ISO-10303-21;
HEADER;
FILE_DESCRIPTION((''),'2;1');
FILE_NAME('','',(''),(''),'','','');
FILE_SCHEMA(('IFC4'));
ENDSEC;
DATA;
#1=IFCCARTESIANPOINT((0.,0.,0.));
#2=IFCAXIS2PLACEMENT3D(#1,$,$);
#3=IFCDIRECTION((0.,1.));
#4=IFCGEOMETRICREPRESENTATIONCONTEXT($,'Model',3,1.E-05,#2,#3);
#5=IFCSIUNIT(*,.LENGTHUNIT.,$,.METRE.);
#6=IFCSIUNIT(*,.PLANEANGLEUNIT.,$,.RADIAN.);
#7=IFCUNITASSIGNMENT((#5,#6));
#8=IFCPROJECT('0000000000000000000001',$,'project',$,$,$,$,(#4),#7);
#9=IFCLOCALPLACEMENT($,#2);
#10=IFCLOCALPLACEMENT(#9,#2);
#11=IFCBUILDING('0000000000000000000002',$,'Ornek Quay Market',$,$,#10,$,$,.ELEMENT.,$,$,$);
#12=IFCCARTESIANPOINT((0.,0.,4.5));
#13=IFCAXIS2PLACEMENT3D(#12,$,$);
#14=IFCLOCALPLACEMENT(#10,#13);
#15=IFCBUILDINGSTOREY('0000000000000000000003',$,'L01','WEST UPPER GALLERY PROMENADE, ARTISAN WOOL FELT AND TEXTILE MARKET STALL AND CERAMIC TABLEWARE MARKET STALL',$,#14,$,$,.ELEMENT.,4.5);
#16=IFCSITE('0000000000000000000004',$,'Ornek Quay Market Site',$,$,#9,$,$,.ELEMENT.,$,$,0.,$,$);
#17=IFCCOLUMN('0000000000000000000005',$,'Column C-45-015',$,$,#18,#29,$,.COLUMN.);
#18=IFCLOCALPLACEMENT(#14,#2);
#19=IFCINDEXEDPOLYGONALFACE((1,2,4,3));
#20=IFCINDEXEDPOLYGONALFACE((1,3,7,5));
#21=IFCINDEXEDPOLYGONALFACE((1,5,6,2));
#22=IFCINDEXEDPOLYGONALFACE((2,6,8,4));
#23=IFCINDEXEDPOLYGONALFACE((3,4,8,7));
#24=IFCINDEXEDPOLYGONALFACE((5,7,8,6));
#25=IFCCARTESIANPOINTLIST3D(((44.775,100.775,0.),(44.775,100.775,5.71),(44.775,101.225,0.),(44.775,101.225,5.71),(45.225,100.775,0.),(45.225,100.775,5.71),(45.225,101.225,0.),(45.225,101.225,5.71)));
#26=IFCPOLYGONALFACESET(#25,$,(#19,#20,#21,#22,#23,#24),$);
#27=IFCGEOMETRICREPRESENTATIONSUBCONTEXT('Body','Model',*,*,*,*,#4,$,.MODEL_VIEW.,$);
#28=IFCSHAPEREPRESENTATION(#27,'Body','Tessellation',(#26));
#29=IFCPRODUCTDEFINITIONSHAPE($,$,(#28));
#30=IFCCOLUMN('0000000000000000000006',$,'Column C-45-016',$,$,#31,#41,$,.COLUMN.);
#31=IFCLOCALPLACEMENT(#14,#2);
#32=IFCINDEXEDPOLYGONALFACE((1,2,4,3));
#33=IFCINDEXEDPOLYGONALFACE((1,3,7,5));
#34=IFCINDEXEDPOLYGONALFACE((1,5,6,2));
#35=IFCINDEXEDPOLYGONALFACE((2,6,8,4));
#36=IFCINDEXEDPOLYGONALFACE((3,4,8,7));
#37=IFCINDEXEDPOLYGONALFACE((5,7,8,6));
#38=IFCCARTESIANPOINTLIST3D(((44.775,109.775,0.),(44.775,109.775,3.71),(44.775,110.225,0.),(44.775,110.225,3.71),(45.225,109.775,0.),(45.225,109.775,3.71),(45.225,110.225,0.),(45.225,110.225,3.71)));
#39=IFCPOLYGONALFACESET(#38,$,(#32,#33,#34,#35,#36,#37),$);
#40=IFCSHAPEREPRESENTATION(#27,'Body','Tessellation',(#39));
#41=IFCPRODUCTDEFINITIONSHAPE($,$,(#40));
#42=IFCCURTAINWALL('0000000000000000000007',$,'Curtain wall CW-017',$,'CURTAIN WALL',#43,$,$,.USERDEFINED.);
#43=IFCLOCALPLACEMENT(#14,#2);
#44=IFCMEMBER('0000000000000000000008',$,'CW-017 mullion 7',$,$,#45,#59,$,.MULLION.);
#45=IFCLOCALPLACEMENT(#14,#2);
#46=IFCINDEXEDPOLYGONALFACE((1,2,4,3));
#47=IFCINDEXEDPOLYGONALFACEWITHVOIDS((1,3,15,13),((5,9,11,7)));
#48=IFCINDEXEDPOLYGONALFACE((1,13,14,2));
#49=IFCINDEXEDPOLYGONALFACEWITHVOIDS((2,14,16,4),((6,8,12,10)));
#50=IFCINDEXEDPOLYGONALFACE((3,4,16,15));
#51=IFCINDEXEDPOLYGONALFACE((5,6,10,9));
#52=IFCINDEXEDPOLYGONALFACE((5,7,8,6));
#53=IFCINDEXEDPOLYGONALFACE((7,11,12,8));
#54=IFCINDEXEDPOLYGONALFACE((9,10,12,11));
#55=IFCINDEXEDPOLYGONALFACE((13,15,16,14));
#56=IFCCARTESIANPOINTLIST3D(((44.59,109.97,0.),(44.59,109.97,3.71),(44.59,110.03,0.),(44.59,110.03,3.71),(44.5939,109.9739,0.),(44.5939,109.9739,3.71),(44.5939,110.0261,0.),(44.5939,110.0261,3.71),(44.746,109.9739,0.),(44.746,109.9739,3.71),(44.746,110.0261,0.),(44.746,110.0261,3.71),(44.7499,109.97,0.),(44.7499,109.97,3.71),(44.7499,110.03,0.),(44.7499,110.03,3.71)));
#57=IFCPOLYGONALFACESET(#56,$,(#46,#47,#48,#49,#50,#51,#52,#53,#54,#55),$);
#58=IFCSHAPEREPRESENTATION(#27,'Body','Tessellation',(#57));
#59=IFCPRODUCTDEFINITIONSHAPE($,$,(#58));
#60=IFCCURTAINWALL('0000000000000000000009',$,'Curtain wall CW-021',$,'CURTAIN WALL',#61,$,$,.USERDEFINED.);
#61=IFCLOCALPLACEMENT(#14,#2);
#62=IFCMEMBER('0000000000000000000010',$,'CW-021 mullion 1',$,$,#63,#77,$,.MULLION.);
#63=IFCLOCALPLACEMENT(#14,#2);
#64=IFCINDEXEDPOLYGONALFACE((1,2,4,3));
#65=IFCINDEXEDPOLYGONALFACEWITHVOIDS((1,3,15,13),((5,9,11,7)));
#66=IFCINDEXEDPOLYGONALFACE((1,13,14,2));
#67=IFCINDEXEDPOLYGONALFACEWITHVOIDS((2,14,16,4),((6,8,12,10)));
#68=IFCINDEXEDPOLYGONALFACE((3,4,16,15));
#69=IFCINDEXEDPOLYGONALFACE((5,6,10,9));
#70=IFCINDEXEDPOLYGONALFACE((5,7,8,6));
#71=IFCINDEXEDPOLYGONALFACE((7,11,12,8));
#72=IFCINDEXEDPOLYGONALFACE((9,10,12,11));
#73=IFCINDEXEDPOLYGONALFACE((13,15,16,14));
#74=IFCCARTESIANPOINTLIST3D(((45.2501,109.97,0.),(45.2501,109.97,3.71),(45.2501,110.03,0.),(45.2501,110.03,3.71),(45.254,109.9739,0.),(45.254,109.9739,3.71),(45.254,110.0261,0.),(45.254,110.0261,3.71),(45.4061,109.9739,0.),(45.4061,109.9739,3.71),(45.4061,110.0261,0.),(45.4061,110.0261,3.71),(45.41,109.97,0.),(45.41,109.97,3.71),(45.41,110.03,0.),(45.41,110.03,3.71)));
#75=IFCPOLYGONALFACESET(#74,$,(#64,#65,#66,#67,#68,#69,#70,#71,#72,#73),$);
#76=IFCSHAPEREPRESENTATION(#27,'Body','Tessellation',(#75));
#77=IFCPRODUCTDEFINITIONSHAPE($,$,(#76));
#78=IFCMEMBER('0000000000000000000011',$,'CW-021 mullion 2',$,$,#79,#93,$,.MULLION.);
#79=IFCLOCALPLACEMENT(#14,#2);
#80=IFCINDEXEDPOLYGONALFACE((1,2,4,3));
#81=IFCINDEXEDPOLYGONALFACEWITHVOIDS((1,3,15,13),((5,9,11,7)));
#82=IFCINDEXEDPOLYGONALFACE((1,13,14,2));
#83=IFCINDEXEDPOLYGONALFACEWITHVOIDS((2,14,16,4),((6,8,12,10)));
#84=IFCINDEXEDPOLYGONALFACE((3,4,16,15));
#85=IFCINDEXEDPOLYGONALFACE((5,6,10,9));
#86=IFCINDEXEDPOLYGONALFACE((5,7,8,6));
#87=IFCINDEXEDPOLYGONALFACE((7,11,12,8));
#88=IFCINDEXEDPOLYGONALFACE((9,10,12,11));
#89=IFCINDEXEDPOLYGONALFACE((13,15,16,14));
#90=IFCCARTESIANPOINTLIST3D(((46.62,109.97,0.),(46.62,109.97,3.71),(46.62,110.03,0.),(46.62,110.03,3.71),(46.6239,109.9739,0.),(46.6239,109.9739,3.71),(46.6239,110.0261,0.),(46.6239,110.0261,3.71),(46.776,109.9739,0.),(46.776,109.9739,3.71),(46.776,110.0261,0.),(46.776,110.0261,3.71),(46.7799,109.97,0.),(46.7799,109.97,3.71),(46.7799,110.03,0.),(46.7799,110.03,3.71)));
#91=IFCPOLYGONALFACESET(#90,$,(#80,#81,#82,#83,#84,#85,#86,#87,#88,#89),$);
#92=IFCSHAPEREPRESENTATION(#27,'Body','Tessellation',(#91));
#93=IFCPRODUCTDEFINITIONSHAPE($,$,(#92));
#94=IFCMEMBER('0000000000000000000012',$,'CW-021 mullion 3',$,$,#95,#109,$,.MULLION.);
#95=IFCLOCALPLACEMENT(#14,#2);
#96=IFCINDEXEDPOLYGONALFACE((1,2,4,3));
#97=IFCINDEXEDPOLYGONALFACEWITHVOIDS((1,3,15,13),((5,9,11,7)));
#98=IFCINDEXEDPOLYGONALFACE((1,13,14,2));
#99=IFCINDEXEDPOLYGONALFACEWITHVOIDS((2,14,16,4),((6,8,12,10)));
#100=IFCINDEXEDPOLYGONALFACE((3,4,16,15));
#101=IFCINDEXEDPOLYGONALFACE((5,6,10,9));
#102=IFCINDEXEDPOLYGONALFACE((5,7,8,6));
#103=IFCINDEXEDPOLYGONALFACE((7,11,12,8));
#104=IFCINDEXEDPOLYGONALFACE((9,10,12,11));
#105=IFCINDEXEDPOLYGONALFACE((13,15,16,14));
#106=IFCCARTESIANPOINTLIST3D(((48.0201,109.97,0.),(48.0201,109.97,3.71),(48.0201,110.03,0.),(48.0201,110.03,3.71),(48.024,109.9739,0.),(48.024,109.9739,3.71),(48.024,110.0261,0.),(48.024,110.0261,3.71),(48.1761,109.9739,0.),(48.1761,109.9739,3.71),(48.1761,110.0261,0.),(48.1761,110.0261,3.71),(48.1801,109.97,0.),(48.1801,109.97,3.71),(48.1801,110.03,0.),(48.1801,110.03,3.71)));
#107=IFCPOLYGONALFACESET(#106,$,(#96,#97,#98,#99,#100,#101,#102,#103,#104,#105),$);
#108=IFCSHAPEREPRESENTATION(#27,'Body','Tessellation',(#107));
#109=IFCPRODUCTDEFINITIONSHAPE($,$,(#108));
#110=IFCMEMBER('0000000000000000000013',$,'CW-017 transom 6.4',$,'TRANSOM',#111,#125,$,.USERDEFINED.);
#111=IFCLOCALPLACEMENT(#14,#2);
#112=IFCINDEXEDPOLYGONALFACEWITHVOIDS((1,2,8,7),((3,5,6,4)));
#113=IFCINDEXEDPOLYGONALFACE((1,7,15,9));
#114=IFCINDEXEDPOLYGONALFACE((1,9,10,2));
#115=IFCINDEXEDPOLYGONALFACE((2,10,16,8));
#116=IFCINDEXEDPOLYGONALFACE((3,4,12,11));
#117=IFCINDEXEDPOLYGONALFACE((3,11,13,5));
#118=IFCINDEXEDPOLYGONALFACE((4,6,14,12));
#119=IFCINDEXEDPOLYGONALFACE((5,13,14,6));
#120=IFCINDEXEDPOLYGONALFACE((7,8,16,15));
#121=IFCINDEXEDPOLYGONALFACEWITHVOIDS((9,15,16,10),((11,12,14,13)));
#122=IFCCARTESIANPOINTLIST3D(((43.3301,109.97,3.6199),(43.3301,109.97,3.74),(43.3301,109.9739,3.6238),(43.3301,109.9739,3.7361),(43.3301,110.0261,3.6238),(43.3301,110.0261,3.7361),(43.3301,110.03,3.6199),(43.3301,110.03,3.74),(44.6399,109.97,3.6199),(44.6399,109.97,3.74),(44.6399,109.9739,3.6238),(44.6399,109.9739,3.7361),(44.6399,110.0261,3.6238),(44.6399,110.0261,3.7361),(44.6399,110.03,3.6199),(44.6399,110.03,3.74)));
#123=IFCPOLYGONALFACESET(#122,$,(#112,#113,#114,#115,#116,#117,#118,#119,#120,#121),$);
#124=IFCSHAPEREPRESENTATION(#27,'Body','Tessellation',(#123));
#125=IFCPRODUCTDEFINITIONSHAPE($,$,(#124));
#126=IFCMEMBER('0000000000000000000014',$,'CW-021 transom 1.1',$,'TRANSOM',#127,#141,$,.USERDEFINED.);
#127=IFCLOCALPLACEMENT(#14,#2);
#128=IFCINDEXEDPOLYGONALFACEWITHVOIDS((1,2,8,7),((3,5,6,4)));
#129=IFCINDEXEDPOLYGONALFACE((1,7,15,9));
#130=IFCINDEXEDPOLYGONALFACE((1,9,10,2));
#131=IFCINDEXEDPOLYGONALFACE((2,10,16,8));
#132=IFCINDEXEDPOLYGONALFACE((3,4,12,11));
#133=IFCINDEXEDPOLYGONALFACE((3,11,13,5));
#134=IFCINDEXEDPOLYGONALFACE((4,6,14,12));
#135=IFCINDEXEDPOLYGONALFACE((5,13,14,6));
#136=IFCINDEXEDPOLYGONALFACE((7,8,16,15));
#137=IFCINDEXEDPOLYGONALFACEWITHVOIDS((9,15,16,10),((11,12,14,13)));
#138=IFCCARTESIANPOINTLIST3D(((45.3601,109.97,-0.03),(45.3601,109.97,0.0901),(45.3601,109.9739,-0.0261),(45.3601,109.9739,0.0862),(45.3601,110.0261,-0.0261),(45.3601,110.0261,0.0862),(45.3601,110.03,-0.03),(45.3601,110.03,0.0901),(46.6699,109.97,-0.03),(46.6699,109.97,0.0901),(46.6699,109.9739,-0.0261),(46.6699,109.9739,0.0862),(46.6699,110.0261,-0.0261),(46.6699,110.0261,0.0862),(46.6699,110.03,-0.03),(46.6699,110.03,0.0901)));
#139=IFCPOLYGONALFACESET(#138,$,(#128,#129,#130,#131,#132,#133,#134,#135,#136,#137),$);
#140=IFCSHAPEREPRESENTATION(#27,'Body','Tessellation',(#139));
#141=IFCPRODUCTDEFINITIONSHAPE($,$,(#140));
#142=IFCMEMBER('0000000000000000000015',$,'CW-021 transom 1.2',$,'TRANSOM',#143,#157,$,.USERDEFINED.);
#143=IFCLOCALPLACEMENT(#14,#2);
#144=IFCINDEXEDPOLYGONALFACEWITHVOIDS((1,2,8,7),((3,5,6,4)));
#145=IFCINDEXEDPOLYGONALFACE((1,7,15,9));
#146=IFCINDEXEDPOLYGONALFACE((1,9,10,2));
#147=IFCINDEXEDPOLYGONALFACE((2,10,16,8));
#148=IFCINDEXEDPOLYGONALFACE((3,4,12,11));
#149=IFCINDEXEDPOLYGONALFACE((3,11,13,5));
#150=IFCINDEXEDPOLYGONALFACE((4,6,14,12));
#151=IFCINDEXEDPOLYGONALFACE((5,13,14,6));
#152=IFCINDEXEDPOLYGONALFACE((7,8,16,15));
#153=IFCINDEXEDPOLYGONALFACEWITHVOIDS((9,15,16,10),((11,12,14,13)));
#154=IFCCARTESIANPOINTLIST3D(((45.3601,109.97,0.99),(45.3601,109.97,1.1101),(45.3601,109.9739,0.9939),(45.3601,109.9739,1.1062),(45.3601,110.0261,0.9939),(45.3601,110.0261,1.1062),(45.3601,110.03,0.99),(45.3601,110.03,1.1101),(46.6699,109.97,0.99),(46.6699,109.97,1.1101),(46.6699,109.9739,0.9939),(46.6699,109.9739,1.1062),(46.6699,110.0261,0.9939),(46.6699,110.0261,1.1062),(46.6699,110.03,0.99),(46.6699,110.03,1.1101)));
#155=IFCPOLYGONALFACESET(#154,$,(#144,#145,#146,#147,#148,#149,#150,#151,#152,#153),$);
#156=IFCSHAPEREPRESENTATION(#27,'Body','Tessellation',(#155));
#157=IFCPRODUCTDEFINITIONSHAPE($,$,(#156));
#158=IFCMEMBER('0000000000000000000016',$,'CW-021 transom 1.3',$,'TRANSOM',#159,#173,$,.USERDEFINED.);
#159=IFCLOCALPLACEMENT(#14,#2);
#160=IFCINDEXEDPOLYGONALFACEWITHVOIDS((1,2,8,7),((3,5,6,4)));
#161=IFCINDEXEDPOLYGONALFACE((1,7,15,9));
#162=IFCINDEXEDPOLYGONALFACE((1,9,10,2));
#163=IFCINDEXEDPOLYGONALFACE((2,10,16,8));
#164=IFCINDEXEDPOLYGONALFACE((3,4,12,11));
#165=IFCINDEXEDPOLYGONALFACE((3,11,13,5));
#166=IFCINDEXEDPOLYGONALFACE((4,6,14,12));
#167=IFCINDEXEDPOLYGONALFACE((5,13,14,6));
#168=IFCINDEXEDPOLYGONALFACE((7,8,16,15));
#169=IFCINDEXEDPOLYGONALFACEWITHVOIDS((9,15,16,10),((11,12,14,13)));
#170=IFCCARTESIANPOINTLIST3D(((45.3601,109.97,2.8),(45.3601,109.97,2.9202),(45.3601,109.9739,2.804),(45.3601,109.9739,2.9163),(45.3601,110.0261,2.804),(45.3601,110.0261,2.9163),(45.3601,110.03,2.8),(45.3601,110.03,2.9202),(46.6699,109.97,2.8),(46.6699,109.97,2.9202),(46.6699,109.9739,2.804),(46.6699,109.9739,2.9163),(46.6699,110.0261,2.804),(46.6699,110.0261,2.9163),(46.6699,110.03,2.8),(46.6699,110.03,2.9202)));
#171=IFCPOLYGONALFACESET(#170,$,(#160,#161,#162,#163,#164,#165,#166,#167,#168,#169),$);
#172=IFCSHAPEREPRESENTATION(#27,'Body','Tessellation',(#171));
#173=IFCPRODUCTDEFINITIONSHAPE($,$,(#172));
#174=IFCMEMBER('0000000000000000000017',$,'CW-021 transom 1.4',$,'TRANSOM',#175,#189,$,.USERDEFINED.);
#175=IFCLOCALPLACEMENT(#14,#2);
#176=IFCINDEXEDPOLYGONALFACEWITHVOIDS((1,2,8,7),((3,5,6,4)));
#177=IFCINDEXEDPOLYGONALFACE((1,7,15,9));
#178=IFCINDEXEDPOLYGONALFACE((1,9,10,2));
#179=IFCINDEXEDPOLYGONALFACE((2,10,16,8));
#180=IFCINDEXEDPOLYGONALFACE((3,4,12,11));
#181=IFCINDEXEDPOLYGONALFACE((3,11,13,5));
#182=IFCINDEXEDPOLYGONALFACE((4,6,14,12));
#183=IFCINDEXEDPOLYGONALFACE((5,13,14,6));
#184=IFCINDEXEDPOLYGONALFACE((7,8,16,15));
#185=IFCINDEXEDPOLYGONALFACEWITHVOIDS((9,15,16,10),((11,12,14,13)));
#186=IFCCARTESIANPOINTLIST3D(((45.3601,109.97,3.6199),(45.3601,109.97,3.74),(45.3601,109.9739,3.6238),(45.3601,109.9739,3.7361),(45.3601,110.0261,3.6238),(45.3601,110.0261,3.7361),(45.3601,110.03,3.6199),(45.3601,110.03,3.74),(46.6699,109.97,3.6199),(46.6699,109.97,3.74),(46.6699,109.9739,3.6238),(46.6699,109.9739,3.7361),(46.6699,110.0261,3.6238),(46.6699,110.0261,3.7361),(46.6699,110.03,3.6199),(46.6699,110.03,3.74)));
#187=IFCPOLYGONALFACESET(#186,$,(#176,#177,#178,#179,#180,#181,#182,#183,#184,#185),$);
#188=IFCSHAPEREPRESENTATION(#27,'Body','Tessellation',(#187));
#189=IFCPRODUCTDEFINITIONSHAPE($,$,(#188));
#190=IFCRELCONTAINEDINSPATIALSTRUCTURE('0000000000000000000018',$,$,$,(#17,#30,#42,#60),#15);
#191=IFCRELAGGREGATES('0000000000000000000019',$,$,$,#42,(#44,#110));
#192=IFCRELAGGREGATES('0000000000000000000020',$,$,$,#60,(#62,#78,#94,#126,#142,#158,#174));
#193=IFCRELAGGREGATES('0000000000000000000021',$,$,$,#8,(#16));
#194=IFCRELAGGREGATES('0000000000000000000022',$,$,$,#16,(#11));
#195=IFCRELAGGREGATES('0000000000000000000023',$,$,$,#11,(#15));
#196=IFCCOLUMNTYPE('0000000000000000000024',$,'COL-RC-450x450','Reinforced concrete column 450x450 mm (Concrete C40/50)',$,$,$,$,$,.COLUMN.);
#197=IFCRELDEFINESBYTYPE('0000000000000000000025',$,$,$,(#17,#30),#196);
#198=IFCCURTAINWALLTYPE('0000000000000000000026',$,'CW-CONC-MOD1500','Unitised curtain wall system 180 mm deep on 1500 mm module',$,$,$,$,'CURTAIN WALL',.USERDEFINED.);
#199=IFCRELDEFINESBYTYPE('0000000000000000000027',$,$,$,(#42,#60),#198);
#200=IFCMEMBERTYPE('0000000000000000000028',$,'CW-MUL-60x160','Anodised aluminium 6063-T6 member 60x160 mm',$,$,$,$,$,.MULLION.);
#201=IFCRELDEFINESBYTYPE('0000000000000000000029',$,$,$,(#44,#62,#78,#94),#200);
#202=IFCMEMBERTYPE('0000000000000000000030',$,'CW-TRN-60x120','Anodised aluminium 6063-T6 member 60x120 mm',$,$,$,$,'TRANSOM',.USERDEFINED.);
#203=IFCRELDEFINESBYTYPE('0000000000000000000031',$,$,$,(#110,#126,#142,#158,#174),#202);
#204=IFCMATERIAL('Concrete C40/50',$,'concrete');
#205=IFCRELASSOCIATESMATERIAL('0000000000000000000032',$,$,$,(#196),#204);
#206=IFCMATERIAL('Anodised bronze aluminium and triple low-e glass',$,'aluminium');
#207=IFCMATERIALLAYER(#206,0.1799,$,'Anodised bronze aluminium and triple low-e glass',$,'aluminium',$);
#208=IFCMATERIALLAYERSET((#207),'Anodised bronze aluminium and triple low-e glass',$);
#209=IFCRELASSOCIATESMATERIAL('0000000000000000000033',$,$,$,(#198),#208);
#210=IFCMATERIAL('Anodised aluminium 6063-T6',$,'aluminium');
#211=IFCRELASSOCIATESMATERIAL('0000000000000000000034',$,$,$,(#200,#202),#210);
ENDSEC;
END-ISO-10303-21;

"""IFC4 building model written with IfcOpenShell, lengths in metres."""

from ifc_helpers import new_model, si_unit, direction, frame, origin, origin_2d, place, context, subcontext, project, spatial, rectangle, hollow_rectangle, extrude, material, layer, layer_set, material_profile, profile_set, type_object, element, aggregate, save


model = new_model("IFC4")

# Units and contexts
model_context = context("Model", 3, precision=1e-05, world=origin(), true_north=direction((0.0, 1.0)))
body_context = subcontext(model_context, "Body", "Model", "MODEL_VIEW")
ifc_project = project(units=[si_unit("LENGTHUNIT", "METRE"), si_unit("PLANEANGLEUNIT", "RADIAN")], contexts=[model_context])

# Site, building, storey
site_placement = place(None, origin())
site = spatial("IfcSite", under=ifc_project, at=site_placement, Name="Ornek Quay Market Site", CompositionType="ELEMENT", RefElevation=0.0)
building_placement = place(site_placement, origin())
building = spatial("IfcBuilding", under=site, at=building_placement, Name="Ornek Quay Market", CompositionType="ELEMENT")
storey_placement = place(building_placement, frame((0.0, 0.0, 4.5)))
storey = spatial("IfcBuildingStorey", under=building, at=storey_placement, Name="L01", Description="WEST UPPER GALLERY PROMENADE, ARTISAN WOOL FELT AND TEXTILE MARKET STALL AND CERAMIC TABLEWARE MARKET STALL", CompositionType="ELEMENT", Elevation=4.5)

# Columns
ifc_material_1 = material(Name="Concrete C40/50", Category="concrete")
ifc_material_profile_1 = material_profile(ifc_material_1, rectangle(XDim=0.45, YDim=0.45, at=origin_2d()), Name="RC 450x450", Category="concrete")
ifc_profile_set_1 = profile_set([ifc_material_profile_1], Name="Concrete C40/50")
column_type = type_object("IfcColumnType", Name="COL-RC-450x450", Description="Reinforced concrete column 450x450 mm (Concrete C40/50)", PredefinedType="COLUMN", material=ifc_profile_set_1)
column_1_placement = place(storey_placement, frame((45.0, 101.0, 0.0), z_axis=(0.0, 0.0, 1.0), x_axis=(1.0, 0.0, 0.0)))
element("IfcColumn", 1, at=column_1_placement, inside=storey, type_object=column_type, Name="Column C-45-015", PredefinedType="COLUMN", context=body_context, shape_type="SweptSolid", body=[
    extrude(rectangle(XDim=0.45, YDim=0.45, at=origin_2d()), origin(), (0.0, 0.0, 1.0), 5.71),
])
column_2_placement = place(storey_placement, frame((45.0, 110.0, 0.0), z_axis=(0.0, 0.0, 1.0), x_axis=(1.0, 0.0, 0.0)))
element("IfcColumn", 2, at=column_2_placement, inside=storey, type_object=column_type, Name="Column C-45-016", PredefinedType="COLUMN", context=body_context, shape_type="SweptSolid", body=[
    extrude(rectangle(XDim=0.45, YDim=0.45, at=origin_2d()), origin(), (0.0, 0.0, 1.0), 3.71),
])

# Curtain wall, member
ifc_material_2 = material(Name="Anodised bronze aluminium and triple low-e glass", Category="aluminium")
ifc_layer_1 = layer(ifc_material_2, 0.1799, Name="Anodised bronze aluminium and triple low-e glass", Category="aluminium")
ifc_layer_set_1 = layer_set([ifc_layer_1], Name="Anodised bronze aluminium and triple low-e glass")
curtain_wall_type = type_object("IfcCurtainWallType", Name="CW-CONC-MOD1500", Description="Unitised curtain wall system 180 mm deep on 1500 mm module", ElementType="CURTAIN WALL", PredefinedType="USERDEFINED", material=ifc_layer_set_1)
curtain_wall_1_placement = place(storey_placement, origin())
curtain_wall_1 = element("IfcCurtainWall", 3, at=curtain_wall_1_placement, inside=storey, type_object=curtain_wall_type, Name="Curtain wall CW-017", ObjectType="CURTAIN WALL", PredefinedType="USERDEFINED")
ifc_material_3 = material(Name="Anodised aluminium 6063-T6", Category="aluminium")
ifc_material_profile_2 = material_profile(ifc_material_3, hollow_rectangle(XDim=0.0601, YDim=0.1599, WallThickness=0.0039, at=origin_2d()), Name="CW-MUL-60x160", Category="aluminium")
ifc_profile_set_2 = profile_set([ifc_material_profile_2], Name="Anodised aluminium 6063-T6")
member_type_1 = type_object("IfcMemberType", Name="CW-MUL-60x160", Description="Anodised aluminium 6063-T6 member 60x160 mm", PredefinedType="MULLION", material=ifc_profile_set_2)
member_1_placement = place(storey_placement, frame((44.6699, 110.0, 0.0), z_axis=(0.0, 0.0, 1.0), x_axis=(0.0, 1.0, 0.0)))
member_1 = element("IfcMember", 4, at=member_1_placement, type_object=member_type_1, Name="CW-017 mullion 7", PredefinedType="MULLION", context=body_context, shape_type="SweptSolid", body=[
    extrude(hollow_rectangle(XDim=0.0601, YDim=0.1599, WallThickness=0.0039, at=origin_2d()), origin(), (0.0, 0.0, 1.0), 3.71),
])

# Curtain wall, members
curtain_wall_2_placement = place(storey_placement, origin())
curtain_wall_2 = element("IfcCurtainWall", 5, at=curtain_wall_2_placement, inside=storey, type_object=curtain_wall_type, Name="Curtain wall CW-021", ObjectType="CURTAIN WALL", PredefinedType="USERDEFINED")
member_2_placement = place(storey_placement, frame((45.3301, 110.0, 0.0), z_axis=(0.0, 0.0, 1.0), x_axis=(0.0, 1.0, 0.0)))
member_2 = element("IfcMember", 6, at=member_2_placement, type_object=member_type_1, Name="CW-021 mullion 1", PredefinedType="MULLION", context=body_context, shape_type="SweptSolid", body=[
    extrude(hollow_rectangle(XDim=0.0601, YDim=0.1599, WallThickness=0.0039, at=origin_2d()), origin(), (0.0, 0.0, 1.0), 3.71),
])
member_3_placement = place(storey_placement, frame((46.7, 110.0, 0.0), z_axis=(0.0, 0.0, 1.0), x_axis=(0.0, 1.0, 0.0)))
member_3 = element("IfcMember", 7, at=member_3_placement, type_object=member_type_1, Name="CW-021 mullion 2", PredefinedType="MULLION", context=body_context, shape_type="SweptSolid", body=[
    extrude(hollow_rectangle(XDim=0.0601, YDim=0.1599, WallThickness=0.0039, at=origin_2d()), origin(), (0.0, 0.0, 1.0), 3.71),
])
member_4_placement = place(storey_placement, frame((48.1001, 110.0, 0.0), z_axis=(0.0, 0.0, 1.0), x_axis=(0.0, 1.0, 0.0)))
member_4 = element("IfcMember", 8, at=member_4_placement, type_object=member_type_1, Name="CW-021 mullion 3", PredefinedType="MULLION", context=body_context, shape_type="SweptSolid", body=[
    extrude(hollow_rectangle(XDim=0.0601, YDim=0.1599, WallThickness=0.0039, at=origin_2d()), origin(), (0.0, 0.0, 1.0), 3.71),
])

# Members
ifc_material_profile_3 = material_profile(ifc_material_3, hollow_rectangle(XDim=0.0601, YDim=0.1201, WallThickness=0.0039, at=origin_2d()), Name="CW-TRN-60x120", Category="aluminium")
ifc_profile_set_3 = profile_set([ifc_material_profile_3], Name="Anodised aluminium 6063-T6")
member_type_2 = type_object("IfcMemberType", Name="CW-TRN-60x120", Description="Anodised aluminium 6063-T6 member 60x120 mm", ElementType="TRANSOM", PredefinedType="USERDEFINED", material=ifc_profile_set_3)
member_5_placement = place(storey_placement, frame((43.3301, 110.0, 3.6799), z_axis=(1.0, 0.0, 0.0), x_axis=(0.0, 1.0, 0.0)))
member_5 = element("IfcMember", 9, at=member_5_placement, type_object=member_type_2, Name="CW-017 transom 6.4", ObjectType="TRANSOM", PredefinedType="USERDEFINED", context=body_context, shape_type="SweptSolid", body=[
    extrude(hollow_rectangle(XDim=0.0601, YDim=0.1201, WallThickness=0.0039, at=origin_2d()), origin(), (0.0, 0.0, 1.0), 1.3098),
])
member_6_placement = place(storey_placement, frame((45.3601, 110.0, 0.03), z_axis=(1.0, 0.0, 0.0), x_axis=(0.0, 1.0, 0.0)))
member_6 = element("IfcMember", 10, at=member_6_placement, type_object=member_type_2, Name="CW-021 transom 1.1", ObjectType="TRANSOM", PredefinedType="USERDEFINED", context=body_context, shape_type="SweptSolid", body=[
    extrude(hollow_rectangle(XDim=0.0601, YDim=0.1201, WallThickness=0.0039, at=origin_2d()), origin(), (0.0, 0.0, 1.0), 1.3098),
])
member_7_placement = place(storey_placement, frame((45.3601, 110.0, 1.05), z_axis=(1.0, 0.0, 0.0), x_axis=(0.0, 1.0, 0.0)))
member_7 = element("IfcMember", 11, at=member_7_placement, type_object=member_type_2, Name="CW-021 transom 1.2", ObjectType="TRANSOM", PredefinedType="USERDEFINED", context=body_context, shape_type="SweptSolid", body=[
    extrude(hollow_rectangle(XDim=0.0601, YDim=0.1201, WallThickness=0.0039, at=origin_2d()), origin(), (0.0, 0.0, 1.0), 1.3098),
])
member_8_placement = place(storey_placement, frame((45.3601, 110.0, 2.8601), z_axis=(1.0, 0.0, 0.0), x_axis=(0.0, 1.0, 0.0)))
member_8 = element("IfcMember", 12, at=member_8_placement, type_object=member_type_2, Name="CW-021 transom 1.3", ObjectType="TRANSOM", PredefinedType="USERDEFINED", context=body_context, shape_type="SweptSolid", body=[
    extrude(hollow_rectangle(XDim=0.0601, YDim=0.1201, WallThickness=0.0039, at=origin_2d()), origin(), (0.0, 0.0, 1.0), 1.3098),
])
member_9_placement = place(storey_placement, frame((45.3601, 110.0, 3.6799), z_axis=(1.0, 0.0, 0.0), x_axis=(0.0, 1.0, 0.0)))
member_9 = element("IfcMember", 13, at=member_9_placement, type_object=member_type_2, Name="CW-021 transom 1.4", ObjectType="TRANSOM", PredefinedType="USERDEFINED", context=body_context, shape_type="SweptSolid", body=[
    extrude(hollow_rectangle(XDim=0.0601, YDim=0.1201, WallThickness=0.0039, at=origin_2d()), origin(), (0.0, 0.0, 1.0), 1.3098),
])

aggregate(curtain_wall_1, [member_1, member_5])
aggregate(curtain_wall_2, [member_2, member_3, member_4, member_6, member_7, member_8, member_9])

save(model, "model.ifc")
